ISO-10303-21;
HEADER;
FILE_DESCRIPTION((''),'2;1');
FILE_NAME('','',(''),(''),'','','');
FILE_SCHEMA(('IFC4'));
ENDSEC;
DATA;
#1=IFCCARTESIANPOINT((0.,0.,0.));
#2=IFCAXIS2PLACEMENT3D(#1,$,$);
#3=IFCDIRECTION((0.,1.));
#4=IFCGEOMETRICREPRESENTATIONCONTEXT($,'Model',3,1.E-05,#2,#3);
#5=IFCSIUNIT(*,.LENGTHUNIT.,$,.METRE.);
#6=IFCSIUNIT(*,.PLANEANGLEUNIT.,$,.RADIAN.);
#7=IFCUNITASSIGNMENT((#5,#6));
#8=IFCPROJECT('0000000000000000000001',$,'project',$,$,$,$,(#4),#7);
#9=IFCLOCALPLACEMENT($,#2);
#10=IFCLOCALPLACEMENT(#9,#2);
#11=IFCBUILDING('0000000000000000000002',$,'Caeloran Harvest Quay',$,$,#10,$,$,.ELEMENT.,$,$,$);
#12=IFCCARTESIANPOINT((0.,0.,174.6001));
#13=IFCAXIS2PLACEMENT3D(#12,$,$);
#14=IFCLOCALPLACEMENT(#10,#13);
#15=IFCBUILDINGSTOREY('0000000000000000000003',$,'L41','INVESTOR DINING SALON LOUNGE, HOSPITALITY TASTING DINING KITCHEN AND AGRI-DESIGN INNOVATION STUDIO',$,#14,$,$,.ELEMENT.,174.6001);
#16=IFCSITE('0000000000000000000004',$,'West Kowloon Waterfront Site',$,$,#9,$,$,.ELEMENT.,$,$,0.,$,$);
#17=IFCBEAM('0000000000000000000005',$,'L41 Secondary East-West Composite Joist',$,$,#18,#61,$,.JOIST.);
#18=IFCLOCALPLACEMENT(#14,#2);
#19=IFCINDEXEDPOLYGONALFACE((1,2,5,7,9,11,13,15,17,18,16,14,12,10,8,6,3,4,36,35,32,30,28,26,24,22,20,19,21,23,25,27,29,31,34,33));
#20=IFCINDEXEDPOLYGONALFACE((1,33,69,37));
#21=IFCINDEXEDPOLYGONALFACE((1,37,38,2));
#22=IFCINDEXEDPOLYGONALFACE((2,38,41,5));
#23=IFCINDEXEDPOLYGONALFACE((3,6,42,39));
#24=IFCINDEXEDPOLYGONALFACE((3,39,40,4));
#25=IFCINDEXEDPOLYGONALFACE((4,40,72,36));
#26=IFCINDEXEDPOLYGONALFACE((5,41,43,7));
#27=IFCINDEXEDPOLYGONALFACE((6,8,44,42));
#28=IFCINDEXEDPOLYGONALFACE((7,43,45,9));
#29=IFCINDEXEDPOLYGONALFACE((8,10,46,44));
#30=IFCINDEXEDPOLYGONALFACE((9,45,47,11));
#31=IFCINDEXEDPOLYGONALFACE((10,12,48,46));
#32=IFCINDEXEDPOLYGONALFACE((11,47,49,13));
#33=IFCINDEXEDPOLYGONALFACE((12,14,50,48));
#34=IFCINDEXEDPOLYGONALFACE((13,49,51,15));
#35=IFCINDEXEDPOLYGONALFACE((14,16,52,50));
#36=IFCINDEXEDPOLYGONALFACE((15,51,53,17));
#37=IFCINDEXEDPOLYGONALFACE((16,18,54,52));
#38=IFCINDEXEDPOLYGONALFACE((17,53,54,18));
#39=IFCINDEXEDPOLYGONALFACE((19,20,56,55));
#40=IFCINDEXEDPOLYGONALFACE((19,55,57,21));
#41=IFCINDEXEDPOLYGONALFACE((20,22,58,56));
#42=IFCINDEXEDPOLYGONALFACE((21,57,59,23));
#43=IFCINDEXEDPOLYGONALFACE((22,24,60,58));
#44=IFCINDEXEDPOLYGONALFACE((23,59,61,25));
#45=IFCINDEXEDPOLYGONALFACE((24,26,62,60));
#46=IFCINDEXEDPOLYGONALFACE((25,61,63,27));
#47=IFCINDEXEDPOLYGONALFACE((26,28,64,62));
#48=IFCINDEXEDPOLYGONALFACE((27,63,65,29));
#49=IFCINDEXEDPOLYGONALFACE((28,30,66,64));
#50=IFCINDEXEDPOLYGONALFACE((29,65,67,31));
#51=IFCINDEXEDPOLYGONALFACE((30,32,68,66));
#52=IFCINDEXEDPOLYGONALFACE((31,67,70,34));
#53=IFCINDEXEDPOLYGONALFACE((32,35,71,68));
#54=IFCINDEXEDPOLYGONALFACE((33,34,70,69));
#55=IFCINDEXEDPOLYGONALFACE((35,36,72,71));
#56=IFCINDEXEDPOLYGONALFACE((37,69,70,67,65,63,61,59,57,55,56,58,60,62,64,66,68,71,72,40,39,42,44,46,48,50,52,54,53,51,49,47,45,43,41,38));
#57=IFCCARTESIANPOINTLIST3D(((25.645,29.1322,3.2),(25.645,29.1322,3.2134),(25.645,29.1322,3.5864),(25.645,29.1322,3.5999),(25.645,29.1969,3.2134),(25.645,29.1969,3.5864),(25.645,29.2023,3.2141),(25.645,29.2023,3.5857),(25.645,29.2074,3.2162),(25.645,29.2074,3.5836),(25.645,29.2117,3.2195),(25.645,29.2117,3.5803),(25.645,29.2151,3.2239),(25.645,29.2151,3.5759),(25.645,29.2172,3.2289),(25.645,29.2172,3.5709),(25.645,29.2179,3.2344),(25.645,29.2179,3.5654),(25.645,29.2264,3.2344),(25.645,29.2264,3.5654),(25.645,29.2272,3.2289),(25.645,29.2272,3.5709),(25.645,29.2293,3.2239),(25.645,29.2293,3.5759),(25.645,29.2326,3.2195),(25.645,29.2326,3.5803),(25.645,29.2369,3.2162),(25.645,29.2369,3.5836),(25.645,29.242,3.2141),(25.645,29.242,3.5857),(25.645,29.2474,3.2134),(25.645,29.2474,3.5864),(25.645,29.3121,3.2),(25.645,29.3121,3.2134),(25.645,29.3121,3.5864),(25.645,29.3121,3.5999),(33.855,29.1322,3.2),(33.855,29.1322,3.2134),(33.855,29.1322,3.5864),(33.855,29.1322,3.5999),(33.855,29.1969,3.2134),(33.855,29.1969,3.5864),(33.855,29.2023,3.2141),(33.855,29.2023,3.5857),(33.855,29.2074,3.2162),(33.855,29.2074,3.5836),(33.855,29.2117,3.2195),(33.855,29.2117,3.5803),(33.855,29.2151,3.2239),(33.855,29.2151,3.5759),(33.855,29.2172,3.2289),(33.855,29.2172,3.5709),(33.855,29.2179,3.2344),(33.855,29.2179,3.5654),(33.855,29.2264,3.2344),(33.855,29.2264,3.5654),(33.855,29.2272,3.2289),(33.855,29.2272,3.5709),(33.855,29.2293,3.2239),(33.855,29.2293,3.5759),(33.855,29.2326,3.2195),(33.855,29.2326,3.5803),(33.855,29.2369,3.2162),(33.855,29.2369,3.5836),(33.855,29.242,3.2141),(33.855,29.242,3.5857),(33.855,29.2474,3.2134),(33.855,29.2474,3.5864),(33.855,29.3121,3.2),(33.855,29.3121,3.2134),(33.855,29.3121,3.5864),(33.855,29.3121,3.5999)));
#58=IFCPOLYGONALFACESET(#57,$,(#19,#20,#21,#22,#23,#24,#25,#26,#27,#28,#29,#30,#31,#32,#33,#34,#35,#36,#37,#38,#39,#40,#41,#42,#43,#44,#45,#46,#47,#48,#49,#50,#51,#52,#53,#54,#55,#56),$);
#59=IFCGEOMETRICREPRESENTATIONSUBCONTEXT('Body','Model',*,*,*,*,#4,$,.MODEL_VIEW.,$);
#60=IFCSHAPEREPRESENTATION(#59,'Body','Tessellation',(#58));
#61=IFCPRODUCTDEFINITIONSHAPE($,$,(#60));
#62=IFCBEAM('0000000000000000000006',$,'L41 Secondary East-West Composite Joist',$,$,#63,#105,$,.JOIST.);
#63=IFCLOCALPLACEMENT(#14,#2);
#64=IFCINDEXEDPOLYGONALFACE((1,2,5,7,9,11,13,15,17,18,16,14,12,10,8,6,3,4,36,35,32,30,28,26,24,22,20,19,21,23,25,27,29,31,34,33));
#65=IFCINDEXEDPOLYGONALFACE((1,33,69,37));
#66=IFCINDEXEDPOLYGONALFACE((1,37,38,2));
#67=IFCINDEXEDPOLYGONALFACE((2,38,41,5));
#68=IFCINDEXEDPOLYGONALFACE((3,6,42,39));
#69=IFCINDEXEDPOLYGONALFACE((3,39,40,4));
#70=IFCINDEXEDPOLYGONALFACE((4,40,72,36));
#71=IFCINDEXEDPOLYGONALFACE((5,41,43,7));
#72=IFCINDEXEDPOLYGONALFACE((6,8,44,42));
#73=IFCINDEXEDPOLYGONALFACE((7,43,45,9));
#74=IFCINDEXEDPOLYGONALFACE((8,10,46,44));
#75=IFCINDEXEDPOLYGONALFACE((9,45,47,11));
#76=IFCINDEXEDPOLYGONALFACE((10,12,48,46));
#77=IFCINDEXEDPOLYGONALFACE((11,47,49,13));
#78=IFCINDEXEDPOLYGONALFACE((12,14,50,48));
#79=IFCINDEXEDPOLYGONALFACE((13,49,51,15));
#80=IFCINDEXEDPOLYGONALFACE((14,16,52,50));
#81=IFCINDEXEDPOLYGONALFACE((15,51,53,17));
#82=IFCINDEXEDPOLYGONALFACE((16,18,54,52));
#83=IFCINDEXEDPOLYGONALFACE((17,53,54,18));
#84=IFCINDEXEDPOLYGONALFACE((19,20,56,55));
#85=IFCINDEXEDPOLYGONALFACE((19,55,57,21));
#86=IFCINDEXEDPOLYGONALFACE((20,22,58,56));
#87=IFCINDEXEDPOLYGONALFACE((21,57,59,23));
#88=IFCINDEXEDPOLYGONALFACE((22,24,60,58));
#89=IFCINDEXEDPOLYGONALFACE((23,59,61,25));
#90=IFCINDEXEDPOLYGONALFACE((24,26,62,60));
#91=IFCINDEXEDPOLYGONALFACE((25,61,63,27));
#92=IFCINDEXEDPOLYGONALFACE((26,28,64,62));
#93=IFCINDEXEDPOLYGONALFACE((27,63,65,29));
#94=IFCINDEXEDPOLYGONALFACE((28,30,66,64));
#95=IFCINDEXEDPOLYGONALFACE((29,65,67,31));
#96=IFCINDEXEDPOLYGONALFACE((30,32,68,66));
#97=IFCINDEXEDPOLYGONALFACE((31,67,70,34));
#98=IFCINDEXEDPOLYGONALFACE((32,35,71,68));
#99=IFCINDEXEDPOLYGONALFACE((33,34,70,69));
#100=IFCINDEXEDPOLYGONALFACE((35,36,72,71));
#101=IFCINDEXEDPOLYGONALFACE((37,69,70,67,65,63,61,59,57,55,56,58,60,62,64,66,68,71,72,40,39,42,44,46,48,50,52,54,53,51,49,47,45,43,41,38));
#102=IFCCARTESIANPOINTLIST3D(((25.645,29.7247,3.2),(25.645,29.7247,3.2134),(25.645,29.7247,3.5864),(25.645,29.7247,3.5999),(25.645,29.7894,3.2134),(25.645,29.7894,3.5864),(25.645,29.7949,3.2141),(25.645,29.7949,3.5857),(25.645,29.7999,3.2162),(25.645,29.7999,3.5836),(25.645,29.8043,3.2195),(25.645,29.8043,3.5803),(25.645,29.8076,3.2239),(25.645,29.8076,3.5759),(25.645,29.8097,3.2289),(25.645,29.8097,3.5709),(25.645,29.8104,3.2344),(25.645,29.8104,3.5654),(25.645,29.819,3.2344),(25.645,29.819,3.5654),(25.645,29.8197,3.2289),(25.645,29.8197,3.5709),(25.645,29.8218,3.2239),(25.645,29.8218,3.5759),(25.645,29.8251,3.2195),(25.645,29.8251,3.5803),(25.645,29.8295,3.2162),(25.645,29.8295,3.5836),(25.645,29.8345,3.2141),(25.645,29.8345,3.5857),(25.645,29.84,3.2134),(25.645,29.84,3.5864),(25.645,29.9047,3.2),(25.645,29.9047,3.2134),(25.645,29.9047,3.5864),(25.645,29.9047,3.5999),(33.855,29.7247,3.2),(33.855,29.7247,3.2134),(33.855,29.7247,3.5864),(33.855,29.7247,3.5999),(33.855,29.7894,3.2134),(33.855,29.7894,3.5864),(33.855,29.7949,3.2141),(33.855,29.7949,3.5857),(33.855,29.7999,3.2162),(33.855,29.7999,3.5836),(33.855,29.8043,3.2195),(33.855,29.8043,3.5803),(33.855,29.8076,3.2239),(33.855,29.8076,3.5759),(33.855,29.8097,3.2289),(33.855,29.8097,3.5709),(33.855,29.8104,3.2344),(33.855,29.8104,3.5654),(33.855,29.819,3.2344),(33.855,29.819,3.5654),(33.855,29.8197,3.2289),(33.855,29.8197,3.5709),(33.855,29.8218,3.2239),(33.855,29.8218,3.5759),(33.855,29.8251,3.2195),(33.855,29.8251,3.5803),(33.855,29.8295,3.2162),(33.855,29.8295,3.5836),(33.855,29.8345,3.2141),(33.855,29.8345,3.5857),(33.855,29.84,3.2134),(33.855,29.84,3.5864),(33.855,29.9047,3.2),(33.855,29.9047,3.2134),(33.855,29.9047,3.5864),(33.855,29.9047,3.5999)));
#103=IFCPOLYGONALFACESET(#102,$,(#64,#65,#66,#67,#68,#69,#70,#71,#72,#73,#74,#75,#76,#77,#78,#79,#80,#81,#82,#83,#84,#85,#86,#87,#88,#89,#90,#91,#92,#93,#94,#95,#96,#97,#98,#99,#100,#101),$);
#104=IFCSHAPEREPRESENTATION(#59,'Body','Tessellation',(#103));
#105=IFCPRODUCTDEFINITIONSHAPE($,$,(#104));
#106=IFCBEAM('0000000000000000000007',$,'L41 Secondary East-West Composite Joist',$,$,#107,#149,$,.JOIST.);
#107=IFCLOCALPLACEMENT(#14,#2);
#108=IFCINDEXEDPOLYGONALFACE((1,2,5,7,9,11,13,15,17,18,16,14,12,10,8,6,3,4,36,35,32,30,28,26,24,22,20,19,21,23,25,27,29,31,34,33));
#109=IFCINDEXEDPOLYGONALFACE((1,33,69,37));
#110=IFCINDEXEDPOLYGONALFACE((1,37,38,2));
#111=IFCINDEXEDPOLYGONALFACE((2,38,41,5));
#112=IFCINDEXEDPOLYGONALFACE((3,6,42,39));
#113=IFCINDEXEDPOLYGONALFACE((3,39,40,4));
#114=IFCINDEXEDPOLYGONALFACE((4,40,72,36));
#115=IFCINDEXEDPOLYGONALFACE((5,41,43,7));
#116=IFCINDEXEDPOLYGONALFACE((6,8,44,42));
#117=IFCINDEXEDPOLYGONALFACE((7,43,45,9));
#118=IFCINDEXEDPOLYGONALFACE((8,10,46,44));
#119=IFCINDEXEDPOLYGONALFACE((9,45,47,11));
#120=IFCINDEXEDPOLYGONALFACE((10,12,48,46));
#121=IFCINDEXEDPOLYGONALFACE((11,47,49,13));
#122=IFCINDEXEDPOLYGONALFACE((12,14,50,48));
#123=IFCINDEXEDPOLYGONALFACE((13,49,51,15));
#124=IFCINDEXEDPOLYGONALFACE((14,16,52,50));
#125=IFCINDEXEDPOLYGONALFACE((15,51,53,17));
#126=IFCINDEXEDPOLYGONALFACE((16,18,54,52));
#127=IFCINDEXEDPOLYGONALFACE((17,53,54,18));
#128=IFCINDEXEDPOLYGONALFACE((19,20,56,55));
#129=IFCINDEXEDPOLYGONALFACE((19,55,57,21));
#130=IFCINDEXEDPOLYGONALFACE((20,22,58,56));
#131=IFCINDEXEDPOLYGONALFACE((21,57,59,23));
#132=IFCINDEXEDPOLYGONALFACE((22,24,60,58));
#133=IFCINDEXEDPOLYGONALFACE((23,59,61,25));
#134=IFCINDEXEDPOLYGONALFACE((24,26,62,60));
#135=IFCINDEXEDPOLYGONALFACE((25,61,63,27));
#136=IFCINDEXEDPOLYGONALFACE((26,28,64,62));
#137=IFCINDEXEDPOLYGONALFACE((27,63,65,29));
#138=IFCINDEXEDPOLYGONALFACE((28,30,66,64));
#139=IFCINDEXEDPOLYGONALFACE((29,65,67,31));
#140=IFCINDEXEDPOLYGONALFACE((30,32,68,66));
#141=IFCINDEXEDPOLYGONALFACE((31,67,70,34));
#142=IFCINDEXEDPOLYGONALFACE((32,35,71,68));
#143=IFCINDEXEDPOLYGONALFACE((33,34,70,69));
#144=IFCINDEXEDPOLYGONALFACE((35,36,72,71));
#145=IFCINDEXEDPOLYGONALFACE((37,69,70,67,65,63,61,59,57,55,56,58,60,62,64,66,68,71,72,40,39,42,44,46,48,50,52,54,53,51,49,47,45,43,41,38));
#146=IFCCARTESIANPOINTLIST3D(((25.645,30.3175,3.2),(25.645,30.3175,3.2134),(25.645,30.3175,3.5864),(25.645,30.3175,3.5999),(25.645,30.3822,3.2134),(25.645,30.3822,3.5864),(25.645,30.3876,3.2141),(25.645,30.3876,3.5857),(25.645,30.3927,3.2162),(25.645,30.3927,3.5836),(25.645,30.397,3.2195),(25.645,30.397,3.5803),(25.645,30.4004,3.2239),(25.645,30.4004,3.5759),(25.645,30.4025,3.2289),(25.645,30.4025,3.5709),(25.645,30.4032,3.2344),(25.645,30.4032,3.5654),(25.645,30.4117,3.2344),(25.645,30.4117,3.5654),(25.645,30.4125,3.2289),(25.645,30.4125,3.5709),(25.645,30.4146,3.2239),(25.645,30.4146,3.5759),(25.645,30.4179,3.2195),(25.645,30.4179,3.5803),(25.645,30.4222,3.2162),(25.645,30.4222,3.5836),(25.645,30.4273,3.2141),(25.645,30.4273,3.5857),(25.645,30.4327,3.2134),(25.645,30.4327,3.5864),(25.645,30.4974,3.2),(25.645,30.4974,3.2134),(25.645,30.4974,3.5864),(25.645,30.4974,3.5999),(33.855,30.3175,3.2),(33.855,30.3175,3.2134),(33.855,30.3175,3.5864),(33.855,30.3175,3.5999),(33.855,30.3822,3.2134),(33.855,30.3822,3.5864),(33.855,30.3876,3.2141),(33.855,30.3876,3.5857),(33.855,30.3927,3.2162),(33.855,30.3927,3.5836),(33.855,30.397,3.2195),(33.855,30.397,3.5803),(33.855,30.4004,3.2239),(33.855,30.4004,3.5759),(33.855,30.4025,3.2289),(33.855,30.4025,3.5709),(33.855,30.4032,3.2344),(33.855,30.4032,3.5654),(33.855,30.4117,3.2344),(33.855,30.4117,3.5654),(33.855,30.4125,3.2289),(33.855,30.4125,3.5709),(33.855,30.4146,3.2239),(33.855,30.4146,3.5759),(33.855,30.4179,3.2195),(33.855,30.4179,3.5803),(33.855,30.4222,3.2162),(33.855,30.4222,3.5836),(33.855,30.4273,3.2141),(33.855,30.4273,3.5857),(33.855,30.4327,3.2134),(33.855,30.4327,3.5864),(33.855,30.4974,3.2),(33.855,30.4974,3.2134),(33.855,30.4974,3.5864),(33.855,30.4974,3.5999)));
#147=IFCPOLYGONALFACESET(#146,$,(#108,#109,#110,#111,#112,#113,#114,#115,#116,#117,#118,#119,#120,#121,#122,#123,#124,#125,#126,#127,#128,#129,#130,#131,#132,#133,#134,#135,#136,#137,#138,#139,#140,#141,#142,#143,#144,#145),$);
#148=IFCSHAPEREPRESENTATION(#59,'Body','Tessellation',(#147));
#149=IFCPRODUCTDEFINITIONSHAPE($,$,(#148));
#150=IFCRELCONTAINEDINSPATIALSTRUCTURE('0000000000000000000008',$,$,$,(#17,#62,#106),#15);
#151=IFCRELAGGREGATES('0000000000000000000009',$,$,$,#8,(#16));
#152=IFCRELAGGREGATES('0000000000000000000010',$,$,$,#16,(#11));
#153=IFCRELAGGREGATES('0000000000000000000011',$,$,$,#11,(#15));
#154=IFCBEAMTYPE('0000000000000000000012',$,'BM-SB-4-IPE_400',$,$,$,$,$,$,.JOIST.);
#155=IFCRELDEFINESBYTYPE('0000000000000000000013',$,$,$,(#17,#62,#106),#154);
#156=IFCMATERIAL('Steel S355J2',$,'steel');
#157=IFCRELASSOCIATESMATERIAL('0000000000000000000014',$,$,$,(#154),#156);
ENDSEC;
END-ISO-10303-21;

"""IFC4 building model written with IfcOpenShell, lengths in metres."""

from ifc_helpers import new_model, si_unit, direction, frame, origin, origin_2d, place, context, subcontext, project, spatial, i_section, extrude, material, material_profile, profile_set, type_object, element, save


model = new_model("IFC4")

# Units and contexts
model_context = context("Model", 3, precision=1e-05, world=origin(), true_north=direction((0.0, 1.0)))
body_context = subcontext(model_context, "Body", "Model", "MODEL_VIEW")
ifc_project = project(units=[si_unit("LENGTHUNIT", "METRE"), si_unit("PLANEANGLEUNIT", "RADIAN")], contexts=[model_context])

# Site, building, storey
site_placement = place(None, origin())
site = spatial("IfcSite", under=ifc_project, at=site_placement, Name="West Kowloon Waterfront Site", CompositionType="ELEMENT", RefElevation=0.0)
building_placement = place(site_placement, origin())
building = spatial("IfcBuilding", under=site, at=building_placement, Name="Caeloran Harvest Quay", CompositionType="ELEMENT")
storey_placement = place(building_placement, frame((0.0, 0.0, 174.6001)))
storey = spatial("IfcBuildingStorey", under=building, at=storey_placement, Name="L41", Description="INVESTOR DINING SALON LOUNGE, HOSPITALITY TASTING DINING KITCHEN AND AGRI-DESIGN INNOVATION STUDIO", CompositionType="ELEMENT", Elevation=174.6001)

# Beams
ifc_material_1 = material(Name="Steel S355J2", Category="steel")
ifc_material_profile_1 = material_profile(ifc_material_1, i_section(OverallWidth=0.1799, OverallDepth=0.3999, WebThickness=0.0085, FlangeThickness=0.0134, FilletRadius=0.021, at=origin_2d()), Name="IPE 400")
ifc_profile_set_1 = profile_set([ifc_material_profile_1], Name="Steel S355J2")
beam_type_1 = type_object("IfcBeamType", Name="BM-SB-4-IPE_400", PredefinedType="JOIST", material=ifc_profile_set_1)
for number, where, z_axis, x_axis, name in (
    (1, (25.645, 29.2222, 3.3999), (1.0, 0.0, 0.0), (0.0, 1.0, 0.0), "L41 Secondary East-West Composite Joist"),
    (2, (25.645, 29.8147, 3.3999), (1.0, 0.0, 0.0), (0.0, 1.0, 0.0), "L41 Secondary East-West Composite Joist"),
    (3, (25.645, 30.4075, 3.3999), (1.0, 0.0, 0.0), (0.0, 1.0, 0.0), "L41 Secondary East-West Composite Joist"),
):
    element("IfcBeam", number, at=place(storey_placement, frame(where, z_axis=z_axis, x_axis=x_axis)), inside=storey, type_object=beam_type_1, Name=name, PredefinedType="JOIST", context=body_context, shape_type="SweptSolid", body=[
        extrude(i_section(OverallWidth=0.1799, OverallDepth=0.3999, WebThickness=0.0085, FlangeThickness=0.0134, FilletRadius=0.021, at=origin_2d()), origin(), (0.0, 0.0, 1.0), 8.21),
    ])

save(model, "model.ifc")
